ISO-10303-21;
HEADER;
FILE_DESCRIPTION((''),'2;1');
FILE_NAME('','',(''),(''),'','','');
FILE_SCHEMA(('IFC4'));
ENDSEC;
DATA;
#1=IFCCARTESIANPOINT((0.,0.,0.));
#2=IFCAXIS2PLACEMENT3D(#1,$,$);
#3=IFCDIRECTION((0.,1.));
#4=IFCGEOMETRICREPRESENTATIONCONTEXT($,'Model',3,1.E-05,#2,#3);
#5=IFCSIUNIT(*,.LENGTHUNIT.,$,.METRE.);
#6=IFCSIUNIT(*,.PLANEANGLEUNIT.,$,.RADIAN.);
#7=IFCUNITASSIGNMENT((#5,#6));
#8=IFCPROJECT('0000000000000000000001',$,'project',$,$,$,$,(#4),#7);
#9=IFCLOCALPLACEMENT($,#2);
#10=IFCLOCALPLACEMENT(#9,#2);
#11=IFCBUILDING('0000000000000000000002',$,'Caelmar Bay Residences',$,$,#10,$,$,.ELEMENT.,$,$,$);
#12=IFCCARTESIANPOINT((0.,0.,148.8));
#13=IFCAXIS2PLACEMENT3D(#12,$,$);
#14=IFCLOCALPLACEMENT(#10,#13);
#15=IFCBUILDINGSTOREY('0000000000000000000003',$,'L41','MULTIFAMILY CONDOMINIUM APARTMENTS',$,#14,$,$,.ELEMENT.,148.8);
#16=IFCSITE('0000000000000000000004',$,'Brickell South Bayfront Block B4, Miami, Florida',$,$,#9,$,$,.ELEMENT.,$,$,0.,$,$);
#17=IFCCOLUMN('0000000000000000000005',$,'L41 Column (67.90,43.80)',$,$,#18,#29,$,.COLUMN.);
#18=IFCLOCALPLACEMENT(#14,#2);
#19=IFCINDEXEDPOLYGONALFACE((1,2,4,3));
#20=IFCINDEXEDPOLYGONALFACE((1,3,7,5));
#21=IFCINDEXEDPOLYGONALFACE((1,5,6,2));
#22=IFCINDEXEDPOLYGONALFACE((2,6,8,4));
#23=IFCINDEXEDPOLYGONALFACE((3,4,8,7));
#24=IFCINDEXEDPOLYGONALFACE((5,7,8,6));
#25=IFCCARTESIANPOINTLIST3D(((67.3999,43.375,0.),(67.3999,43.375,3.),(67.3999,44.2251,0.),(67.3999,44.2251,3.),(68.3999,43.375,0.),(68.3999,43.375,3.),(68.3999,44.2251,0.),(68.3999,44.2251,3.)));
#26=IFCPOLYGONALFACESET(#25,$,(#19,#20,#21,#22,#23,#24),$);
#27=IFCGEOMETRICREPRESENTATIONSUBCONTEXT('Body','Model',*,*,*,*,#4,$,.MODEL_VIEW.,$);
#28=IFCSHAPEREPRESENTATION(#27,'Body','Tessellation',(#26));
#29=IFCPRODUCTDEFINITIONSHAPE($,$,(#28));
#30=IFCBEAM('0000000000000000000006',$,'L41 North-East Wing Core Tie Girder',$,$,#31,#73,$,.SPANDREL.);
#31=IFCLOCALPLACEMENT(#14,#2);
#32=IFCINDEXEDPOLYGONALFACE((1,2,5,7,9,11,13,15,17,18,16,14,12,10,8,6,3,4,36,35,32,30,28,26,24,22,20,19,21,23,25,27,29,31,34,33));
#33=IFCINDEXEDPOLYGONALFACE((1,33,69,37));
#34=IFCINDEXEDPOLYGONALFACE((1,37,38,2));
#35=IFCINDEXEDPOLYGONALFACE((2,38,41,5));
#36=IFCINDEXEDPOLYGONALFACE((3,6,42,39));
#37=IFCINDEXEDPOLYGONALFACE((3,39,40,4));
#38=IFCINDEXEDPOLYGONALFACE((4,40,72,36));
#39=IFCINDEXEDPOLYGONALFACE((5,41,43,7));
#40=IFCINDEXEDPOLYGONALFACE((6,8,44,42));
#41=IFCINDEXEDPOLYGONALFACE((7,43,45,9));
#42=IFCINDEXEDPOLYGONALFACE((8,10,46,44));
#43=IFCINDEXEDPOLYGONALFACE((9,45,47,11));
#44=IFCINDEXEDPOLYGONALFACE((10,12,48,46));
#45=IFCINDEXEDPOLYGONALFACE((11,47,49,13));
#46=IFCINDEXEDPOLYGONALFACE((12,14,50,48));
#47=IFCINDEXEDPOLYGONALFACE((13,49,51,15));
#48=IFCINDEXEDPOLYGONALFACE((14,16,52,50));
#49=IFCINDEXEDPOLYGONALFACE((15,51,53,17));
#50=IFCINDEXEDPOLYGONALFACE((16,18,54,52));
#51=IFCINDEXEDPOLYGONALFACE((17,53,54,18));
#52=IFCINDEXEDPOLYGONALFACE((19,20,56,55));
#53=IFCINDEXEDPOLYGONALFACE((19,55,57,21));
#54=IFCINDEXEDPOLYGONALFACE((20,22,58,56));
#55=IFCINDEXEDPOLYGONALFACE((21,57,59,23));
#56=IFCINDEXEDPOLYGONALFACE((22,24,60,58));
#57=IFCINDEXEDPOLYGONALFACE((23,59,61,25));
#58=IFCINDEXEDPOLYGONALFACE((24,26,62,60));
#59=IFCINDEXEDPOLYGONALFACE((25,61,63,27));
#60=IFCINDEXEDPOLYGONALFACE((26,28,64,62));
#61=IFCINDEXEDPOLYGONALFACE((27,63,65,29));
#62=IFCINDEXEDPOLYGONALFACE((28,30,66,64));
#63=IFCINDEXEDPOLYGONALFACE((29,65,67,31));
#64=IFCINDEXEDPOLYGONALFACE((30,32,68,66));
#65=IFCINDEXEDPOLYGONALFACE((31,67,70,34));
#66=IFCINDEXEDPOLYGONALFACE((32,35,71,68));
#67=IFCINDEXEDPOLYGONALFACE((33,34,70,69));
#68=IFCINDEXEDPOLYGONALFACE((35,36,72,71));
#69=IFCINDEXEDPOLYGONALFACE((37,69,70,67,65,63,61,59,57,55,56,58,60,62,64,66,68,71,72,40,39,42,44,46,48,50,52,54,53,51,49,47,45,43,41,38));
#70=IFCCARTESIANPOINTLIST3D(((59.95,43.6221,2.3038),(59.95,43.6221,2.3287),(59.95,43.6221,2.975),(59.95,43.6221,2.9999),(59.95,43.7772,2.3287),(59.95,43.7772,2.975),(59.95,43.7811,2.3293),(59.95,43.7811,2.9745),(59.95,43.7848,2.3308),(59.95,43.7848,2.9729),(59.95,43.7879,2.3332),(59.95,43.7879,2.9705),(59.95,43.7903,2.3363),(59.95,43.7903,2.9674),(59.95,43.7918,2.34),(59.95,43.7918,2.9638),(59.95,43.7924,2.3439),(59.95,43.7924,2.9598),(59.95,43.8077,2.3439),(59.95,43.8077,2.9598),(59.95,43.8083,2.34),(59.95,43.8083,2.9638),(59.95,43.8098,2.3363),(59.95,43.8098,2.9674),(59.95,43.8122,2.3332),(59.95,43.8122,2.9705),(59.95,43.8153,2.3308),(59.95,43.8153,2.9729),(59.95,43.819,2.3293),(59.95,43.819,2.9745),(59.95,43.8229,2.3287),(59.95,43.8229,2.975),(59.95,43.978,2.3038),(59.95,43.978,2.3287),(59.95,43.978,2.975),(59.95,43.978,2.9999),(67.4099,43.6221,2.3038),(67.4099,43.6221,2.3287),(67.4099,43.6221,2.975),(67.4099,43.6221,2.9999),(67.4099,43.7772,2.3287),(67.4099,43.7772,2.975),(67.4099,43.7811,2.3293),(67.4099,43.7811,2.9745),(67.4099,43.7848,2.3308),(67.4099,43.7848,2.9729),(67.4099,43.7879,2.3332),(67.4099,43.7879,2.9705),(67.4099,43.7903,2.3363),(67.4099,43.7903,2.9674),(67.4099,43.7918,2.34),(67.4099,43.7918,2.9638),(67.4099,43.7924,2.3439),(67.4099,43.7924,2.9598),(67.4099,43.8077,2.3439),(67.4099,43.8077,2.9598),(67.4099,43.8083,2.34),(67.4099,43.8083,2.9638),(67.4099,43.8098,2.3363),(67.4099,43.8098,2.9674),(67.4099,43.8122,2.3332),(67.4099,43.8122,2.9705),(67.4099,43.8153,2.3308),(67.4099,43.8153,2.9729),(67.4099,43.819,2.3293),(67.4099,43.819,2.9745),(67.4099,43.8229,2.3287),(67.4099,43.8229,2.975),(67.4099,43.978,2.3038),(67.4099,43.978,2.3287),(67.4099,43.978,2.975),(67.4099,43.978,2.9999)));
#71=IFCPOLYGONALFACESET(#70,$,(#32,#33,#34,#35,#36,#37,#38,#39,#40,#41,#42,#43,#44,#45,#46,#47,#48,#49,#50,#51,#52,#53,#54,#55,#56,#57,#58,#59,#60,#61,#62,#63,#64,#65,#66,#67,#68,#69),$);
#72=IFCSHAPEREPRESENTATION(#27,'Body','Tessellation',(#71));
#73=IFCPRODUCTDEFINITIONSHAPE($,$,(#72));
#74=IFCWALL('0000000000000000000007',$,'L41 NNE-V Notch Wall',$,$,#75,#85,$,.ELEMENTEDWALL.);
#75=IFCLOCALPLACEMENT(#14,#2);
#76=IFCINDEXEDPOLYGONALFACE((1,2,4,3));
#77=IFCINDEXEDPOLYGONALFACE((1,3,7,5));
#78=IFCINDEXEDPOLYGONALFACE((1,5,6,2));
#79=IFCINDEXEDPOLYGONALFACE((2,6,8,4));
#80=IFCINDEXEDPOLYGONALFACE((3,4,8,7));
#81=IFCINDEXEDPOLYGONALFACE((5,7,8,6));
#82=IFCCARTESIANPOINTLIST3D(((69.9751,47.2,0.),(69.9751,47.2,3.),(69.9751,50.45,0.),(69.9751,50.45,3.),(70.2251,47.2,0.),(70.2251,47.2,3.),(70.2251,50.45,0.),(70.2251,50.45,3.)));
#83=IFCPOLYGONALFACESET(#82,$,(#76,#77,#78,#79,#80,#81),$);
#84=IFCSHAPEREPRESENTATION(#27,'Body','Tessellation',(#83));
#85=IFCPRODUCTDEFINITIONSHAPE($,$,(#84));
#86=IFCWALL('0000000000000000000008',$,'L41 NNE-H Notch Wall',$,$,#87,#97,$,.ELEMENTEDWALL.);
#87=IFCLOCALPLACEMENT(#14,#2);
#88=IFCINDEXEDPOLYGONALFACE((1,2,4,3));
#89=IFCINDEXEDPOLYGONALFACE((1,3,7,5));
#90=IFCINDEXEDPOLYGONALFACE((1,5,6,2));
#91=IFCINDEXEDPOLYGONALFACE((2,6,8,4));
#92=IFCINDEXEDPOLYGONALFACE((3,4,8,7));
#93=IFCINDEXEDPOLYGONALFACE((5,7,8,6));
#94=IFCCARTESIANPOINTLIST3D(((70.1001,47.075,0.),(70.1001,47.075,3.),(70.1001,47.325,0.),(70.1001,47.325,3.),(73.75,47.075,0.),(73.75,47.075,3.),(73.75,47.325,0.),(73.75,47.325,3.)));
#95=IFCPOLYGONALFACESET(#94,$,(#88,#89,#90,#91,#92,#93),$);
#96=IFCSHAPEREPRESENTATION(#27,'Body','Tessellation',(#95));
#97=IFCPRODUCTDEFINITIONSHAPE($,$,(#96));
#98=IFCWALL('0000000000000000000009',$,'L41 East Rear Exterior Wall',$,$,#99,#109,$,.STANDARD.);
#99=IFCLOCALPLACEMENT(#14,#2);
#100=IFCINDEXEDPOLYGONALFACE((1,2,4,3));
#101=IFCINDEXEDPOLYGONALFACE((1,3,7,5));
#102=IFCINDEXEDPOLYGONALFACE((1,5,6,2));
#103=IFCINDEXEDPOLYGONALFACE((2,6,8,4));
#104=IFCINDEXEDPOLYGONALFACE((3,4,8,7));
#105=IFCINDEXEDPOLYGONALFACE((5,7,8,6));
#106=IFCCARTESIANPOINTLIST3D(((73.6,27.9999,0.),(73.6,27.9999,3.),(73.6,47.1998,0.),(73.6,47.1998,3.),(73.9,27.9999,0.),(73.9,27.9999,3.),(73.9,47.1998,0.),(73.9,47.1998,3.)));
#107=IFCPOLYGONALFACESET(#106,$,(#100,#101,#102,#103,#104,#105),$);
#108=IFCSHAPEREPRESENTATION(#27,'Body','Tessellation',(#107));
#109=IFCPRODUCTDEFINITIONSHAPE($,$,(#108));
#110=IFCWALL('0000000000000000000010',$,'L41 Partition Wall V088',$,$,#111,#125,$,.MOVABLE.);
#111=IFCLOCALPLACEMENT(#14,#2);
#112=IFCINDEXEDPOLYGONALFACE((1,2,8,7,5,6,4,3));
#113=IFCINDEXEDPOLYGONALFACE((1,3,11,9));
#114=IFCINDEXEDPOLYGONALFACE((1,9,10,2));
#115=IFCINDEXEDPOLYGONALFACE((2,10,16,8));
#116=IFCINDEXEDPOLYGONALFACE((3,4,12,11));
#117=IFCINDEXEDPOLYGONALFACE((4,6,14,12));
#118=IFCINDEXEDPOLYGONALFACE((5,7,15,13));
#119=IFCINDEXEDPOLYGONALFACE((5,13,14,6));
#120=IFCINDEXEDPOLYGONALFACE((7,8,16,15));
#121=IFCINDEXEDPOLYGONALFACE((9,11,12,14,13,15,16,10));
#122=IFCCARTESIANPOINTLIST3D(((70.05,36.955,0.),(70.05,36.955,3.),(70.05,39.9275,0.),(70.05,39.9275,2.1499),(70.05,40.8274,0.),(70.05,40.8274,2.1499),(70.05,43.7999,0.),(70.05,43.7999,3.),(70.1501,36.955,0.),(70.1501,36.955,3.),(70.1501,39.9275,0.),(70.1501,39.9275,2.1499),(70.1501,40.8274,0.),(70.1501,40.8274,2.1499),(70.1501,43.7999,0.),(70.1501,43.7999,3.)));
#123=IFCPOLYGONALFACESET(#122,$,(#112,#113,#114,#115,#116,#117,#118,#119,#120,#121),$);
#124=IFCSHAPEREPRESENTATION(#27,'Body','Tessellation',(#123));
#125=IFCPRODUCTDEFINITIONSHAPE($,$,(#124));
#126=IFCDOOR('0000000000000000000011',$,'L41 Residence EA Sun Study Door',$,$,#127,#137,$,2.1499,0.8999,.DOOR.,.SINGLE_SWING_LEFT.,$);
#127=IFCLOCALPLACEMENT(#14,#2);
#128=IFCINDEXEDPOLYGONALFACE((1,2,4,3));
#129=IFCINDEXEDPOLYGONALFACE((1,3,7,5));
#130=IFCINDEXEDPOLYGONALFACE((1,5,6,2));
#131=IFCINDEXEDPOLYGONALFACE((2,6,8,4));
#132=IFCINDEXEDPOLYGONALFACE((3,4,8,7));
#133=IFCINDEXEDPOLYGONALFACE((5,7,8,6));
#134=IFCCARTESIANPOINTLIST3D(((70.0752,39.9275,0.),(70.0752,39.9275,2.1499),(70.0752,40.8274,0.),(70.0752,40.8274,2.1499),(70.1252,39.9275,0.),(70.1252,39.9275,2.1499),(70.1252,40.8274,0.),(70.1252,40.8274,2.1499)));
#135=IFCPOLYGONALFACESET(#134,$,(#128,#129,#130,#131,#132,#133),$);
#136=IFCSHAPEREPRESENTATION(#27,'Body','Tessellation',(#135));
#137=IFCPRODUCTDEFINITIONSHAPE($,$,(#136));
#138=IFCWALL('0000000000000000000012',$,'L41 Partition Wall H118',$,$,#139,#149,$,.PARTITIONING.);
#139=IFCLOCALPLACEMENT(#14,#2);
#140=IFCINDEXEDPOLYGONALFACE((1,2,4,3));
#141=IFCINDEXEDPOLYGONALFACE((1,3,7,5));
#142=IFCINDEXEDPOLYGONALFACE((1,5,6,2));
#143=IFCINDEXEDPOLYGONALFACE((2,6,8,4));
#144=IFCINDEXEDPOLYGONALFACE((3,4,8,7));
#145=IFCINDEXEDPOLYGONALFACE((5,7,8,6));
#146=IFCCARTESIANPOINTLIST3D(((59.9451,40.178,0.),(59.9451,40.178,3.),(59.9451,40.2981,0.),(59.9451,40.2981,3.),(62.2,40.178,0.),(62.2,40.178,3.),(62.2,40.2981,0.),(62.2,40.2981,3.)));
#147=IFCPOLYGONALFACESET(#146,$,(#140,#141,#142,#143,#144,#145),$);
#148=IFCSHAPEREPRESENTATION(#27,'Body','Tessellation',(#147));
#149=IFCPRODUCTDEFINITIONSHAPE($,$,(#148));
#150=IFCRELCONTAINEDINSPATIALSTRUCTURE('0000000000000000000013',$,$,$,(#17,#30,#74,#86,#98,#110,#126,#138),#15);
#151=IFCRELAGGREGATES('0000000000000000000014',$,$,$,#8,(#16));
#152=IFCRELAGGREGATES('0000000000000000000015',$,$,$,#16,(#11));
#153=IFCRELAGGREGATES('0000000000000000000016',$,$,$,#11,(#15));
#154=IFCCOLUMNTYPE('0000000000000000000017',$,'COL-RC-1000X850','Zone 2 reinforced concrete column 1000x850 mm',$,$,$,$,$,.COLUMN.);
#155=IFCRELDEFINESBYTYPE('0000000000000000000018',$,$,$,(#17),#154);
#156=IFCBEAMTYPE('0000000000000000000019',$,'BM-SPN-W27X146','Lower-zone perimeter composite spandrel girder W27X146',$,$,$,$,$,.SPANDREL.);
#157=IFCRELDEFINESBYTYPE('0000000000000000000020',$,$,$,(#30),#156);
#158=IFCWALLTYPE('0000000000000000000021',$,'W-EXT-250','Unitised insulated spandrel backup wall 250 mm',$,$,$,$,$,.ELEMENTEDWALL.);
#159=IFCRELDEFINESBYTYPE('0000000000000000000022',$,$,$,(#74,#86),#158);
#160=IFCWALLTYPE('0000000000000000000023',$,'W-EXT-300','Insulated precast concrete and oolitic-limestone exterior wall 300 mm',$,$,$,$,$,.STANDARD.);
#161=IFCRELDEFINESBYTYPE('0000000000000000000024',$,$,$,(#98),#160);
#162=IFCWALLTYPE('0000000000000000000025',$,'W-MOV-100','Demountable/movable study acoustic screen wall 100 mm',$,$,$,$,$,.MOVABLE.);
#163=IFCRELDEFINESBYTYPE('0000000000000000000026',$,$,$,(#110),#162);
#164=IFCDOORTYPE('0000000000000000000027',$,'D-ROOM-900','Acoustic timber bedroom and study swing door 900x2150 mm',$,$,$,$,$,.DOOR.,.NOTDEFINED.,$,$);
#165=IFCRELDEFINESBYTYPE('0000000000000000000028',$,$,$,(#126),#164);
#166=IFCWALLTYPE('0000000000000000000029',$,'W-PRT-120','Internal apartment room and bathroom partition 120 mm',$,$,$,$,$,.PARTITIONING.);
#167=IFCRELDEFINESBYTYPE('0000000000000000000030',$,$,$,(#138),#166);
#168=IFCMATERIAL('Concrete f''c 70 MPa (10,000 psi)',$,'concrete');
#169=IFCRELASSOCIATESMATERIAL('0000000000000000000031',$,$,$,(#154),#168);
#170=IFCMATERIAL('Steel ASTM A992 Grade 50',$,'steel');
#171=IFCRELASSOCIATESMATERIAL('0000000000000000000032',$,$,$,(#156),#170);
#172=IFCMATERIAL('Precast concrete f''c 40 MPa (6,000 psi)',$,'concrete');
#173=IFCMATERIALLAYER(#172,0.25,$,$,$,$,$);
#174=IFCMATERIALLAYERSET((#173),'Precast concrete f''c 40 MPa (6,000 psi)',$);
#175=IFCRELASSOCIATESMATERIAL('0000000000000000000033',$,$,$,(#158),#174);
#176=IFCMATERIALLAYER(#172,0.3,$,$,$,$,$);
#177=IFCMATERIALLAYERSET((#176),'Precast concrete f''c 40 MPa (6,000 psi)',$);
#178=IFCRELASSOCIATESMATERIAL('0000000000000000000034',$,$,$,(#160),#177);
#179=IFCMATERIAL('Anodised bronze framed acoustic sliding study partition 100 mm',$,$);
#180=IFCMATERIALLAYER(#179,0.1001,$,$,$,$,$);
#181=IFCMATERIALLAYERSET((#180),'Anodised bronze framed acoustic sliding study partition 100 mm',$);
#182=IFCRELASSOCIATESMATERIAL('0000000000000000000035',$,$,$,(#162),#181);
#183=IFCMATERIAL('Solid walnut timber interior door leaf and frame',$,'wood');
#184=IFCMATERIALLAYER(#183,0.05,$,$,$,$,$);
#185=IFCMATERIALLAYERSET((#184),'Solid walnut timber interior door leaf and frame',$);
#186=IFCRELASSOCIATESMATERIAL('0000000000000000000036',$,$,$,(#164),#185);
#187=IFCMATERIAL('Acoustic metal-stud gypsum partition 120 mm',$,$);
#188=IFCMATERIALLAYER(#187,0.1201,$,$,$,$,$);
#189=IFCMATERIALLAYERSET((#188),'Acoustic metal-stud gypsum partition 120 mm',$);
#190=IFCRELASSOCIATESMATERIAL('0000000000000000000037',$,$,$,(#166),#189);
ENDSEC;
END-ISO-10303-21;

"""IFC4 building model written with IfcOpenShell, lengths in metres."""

from ifc_helpers import new_model, si_unit, direction, frame, frame_2d, origin, origin_2d, place, context, subcontext, project, spatial, rectangle, i_section, extrude, material, layer, layer_set, material_profile, profile_set, type_object, element, fill, save


model = new_model("IFC4")

# Units and contexts
model_context = context("Model", 3, precision=1e-05, world=origin(), true_north=direction((0.0, 1.0)))
body_context = subcontext(model_context, "Body", "Model", "MODEL_VIEW")
ifc_project = project(units=[si_unit("LENGTHUNIT", "METRE"), si_unit("PLANEANGLEUNIT", "RADIAN")], contexts=[model_context])

# Site, building, storey
site_placement = place(None, origin())
site = spatial("IfcSite", under=ifc_project, at=site_placement, Name="Brickell South Bayfront Block B4, Miami, Florida", CompositionType="ELEMENT", RefElevation=0.0)
building_placement = place(site_placement, origin())
building = spatial("IfcBuilding", under=site, at=building_placement, Name="Caelmar Bay Residences", CompositionType="ELEMENT")
storey_placement = place(building_placement, frame((0.0, 0.0, 148.8)))
storey = spatial("IfcBuildingStorey", under=building, at=storey_placement, Name="L41", Description="MULTIFAMILY CONDOMINIUM APARTMENTS", CompositionType="ELEMENT", Elevation=148.8)

# Column
ifc_material_1 = material(Name="Concrete f'c 70 MPa (10,000 psi)", Category="concrete")
ifc_material_profile_1 = material_profile(ifc_material_1, rectangle(XDim=1.0, YDim=0.8501, at=origin_2d()), Name="RC-COL-1000X850")
ifc_profile_set_1 = profile_set([ifc_material_profile_1], Name="Concrete f'c 70 MPa (10,000 psi)")
column_type = type_object("IfcColumnType", Name="COL-RC-1000X850", Description="Zone 2 reinforced concrete column 1000x850 mm", PredefinedType="COLUMN", material=ifc_profile_set_1)
column_placement = place(storey_placement, frame((67.8999, 43.8, 0.0), z_axis=(0.0, 0.0, 1.0), x_axis=(1.0, 0.0, 0.0)))
element("IfcColumn", 1, at=column_placement, inside=storey, type_object=column_type, Name="L41 Column (67.90,43.80)", PredefinedType="COLUMN", context=body_context, shape_type="SweptSolid", body=[
    extrude(rectangle(XDim=1.0, YDim=0.8501, at=origin_2d()), origin(), (0.0, 0.0, 1.0), 3.0),
])

# Beam
ifc_material_2 = material(Name="Steel ASTM A992 Grade 50", Category="steel")
ifc_material_profile_2 = material_profile(ifc_material_2, i_section(OverallWidth=0.356, OverallDepth=0.696, WebThickness=0.0154, FlangeThickness=0.0249, FilletRadius=0.0151, at=origin_2d()), Name="W27X146")
ifc_profile_set_2 = profile_set([ifc_material_profile_2], Name="Steel ASTM A992 Grade 50")
beam_type = type_object("IfcBeamType", Name="BM-SPN-W27X146", Description="Lower-zone perimeter composite spandrel girder W27X146", PredefinedType="SPANDREL", material=ifc_profile_set_2)
beam_placement = place(storey_placement, frame((59.95, 43.8, 2.6519), z_axis=(1.0, 0.0, 0.0), x_axis=(0.0, 1.0, 0.0)))
element("IfcBeam", 2, at=beam_placement, inside=storey, type_object=beam_type, Name="L41 North-East Wing Core Tie Girder", PredefinedType="SPANDREL", context=body_context, shape_type="SweptSolid", body=[
    extrude(i_section(OverallWidth=0.356, OverallDepth=0.696, WebThickness=0.0154, FlangeThickness=0.0249, FilletRadius=0.0151, at=origin_2d()), origin(), (0.0, 0.0, 1.0), 7.46),
])

# Walls
ifc_material_3 = material(Name="Precast concrete f'c 40 MPa (6,000 psi)", Category="concrete")
ifc_layer_1 = layer(ifc_material_3, 0.25)
ifc_layer_set_1 = layer_set([ifc_layer_1], Name="Precast concrete f'c 40 MPa (6,000 psi)")
wall_type_1 = type_object("IfcWallType", Name="W-EXT-250", Description="Unitised insulated spandrel backup wall 250 mm", PredefinedType="ELEMENTEDWALL", material=ifc_layer_set_1)
wall_1_placement = place(storey_placement, frame((70.1001, 50.45, 0.0), z_axis=(0.0, 0.0, 1.0), x_axis=(0.0, -1.0, 0.0)))
element("IfcWall", 3, at=wall_1_placement, inside=storey, type_object=wall_type_1, Name="L41 NNE-V Notch Wall", PredefinedType="ELEMENTEDWALL", context=body_context, shape_type="SweptSolid", body=[
    extrude(rectangle(XDim=3.25, YDim=0.25, at=frame_2d((1.625, 0.0))), origin(), (0.0, 0.0, 1.0), 3.0),
])
wall_2_placement = place(storey_placement, frame((70.1001, 47.2, 0.0), z_axis=(0.0, 0.0, 1.0), x_axis=(1.0, 0.0, 0.0)))
element("IfcWall", 4, at=wall_2_placement, inside=storey, type_object=wall_type_1, Name="L41 NNE-H Notch Wall", PredefinedType="ELEMENTEDWALL", context=body_context, shape_type="SweptSolid", body=[
    extrude(rectangle(XDim=3.6499, YDim=0.25, at=frame_2d((1.825, 0.0))), origin(), (0.0, 0.0, 1.0), 3.0),
])
ifc_layer_2 = layer(ifc_material_3, 0.3)
ifc_layer_set_2 = layer_set([ifc_layer_2], Name="Precast concrete f'c 40 MPa (6,000 psi)")
wall_type_2 = type_object("IfcWallType", Name="W-EXT-300", Description="Insulated precast concrete and oolitic-limestone exterior wall 300 mm", PredefinedType="STANDARD", material=ifc_layer_set_2)
wall_3_placement = place(storey_placement, frame((73.75, 47.2, 0.0), z_axis=(0.0, 0.0, 1.0), x_axis=(0.0, -1.0, 0.0)))
element("IfcWall", 5, at=wall_3_placement, inside=storey, type_object=wall_type_2, Name="L41 East Rear Exterior Wall", PredefinedType="STANDARD", context=body_context, shape_type="SweptSolid", body=[
    extrude(rectangle(XDim=19.2, YDim=0.3, at=frame_2d((9.6001, 0.0))), origin(), (0.0, 0.0, 1.0), 3.0),
])

# Wall, opening, door
ifc_material_4 = material(Name="Anodised bronze framed acoustic sliding study partition 100 mm")
ifc_layer_3 = layer(ifc_material_4, 0.1001)
ifc_layer_set_3 = layer_set([ifc_layer_3], Name="Anodised bronze framed acoustic sliding study partition 100 mm")
wall_type_3 = type_object("IfcWallType", Name="W-MOV-100", Description="Demountable/movable study acoustic screen wall 100 mm", PredefinedType="MOVABLE", material=ifc_layer_set_3)
wall_4_placement = place(storey_placement, frame((70.1001, 36.9551, 0.0), z_axis=(0.0, 0.0, 1.0), x_axis=(0.0, 1.0, 0.0)))
wall_4 = element("IfcWall", 6, at=wall_4_placement, inside=storey, type_object=wall_type_3, Name="L41 Partition Wall V088", PredefinedType="MOVABLE", context=body_context, shape_type="SweptSolid", body=[
    extrude(rectangle(XDim=6.845, YDim=0.1001, at=frame_2d((3.4224, 0.0))), origin(), (0.0, 0.0, 1.0), 3.0),
])
opening_1_placement = place(wall_4_placement, frame((2.9724, 0.0, 0.0)))
opening_1 = element("IfcOpeningElement", 7, at=opening_1_placement, cuts=wall_4, PredefinedType="OPENING", context=body_context, shape_type="SweptSolid", body=[
    extrude(rectangle(XDim=0.8999, YDim=2.1499, at=frame_2d((0.45, 1.075))), frame((0.0, 0.0601, 0.0), z_axis=(0.0, -1.0, 0.0), x_axis=(1.0, 0.0, 0.0)), (0.0, 0.0, 1.0), 0.1201),
])
ifc_material_5 = material(Name="Solid walnut timber interior door leaf and frame", Category="wood")
ifc_layer_4 = layer(ifc_material_5, 0.05)
ifc_layer_set_4 = layer_set([ifc_layer_4], Name="Solid walnut timber interior door leaf and frame")
door_type_1 = type_object("IfcDoorType", Name="D-ROOM-900", Description="Acoustic timber bedroom and study swing door 900x2150 mm", OperationType="NOTDEFINED", PredefinedType="DOOR", material=ifc_layer_set_4)
door_1_placement = place(opening_1_placement, origin())
door_1 = element("IfcDoor", 8, at=door_1_placement, inside=storey, type_object=door_type_1, Name="L41 Residence EA Sun Study Door", OperationType="SINGLE_SWING_LEFT", OverallHeight=2.1499, OverallWidth=0.8999, PredefinedType="DOOR", context=body_context, shape_type="SweptSolid", body=[
    extrude(rectangle(XDim=0.8999, YDim=2.1499, at=frame_2d((0.45, 1.075))), frame((0.0, 0.0249, 0.0), z_axis=(0.0, -1.0, 0.0), x_axis=(1.0, 0.0, 0.0)), (0.0, 0.0, 1.0), 0.05),
])
fill(opening_1, door_1)
ifc_material_6 = material(Name="Acoustic metal-stud gypsum partition 120 mm")
ifc_layer_5 = layer(ifc_material_6, 0.1201)
ifc_layer_set_5 = layer_set([ifc_layer_5], Name="Acoustic metal-stud gypsum partition 120 mm")
wall_type_4 = type_object("IfcWallType", Name="W-PRT-120", Description="Internal apartment room and bathroom partition 120 mm", PredefinedType="PARTITIONING", material=ifc_layer_set_5)

# Wall
wall_5_placement = place(storey_placement, frame((59.9451, 40.238, 0.0), z_axis=(0.0, 0.0, 1.0), x_axis=(1.0, 0.0, 0.0)))
element("IfcWall", 9, at=wall_5_placement, inside=storey, type_object=wall_type_4, Name="L41 Partition Wall H118", PredefinedType="PARTITIONING", context=body_context, shape_type="SweptSolid", body=[
    extrude(rectangle(XDim=2.2549, YDim=0.1201, at=frame_2d((1.1274, 0.0))), origin(), (0.0, 0.0, 1.0), 3.0),
])

save(model, "model.ifc")
